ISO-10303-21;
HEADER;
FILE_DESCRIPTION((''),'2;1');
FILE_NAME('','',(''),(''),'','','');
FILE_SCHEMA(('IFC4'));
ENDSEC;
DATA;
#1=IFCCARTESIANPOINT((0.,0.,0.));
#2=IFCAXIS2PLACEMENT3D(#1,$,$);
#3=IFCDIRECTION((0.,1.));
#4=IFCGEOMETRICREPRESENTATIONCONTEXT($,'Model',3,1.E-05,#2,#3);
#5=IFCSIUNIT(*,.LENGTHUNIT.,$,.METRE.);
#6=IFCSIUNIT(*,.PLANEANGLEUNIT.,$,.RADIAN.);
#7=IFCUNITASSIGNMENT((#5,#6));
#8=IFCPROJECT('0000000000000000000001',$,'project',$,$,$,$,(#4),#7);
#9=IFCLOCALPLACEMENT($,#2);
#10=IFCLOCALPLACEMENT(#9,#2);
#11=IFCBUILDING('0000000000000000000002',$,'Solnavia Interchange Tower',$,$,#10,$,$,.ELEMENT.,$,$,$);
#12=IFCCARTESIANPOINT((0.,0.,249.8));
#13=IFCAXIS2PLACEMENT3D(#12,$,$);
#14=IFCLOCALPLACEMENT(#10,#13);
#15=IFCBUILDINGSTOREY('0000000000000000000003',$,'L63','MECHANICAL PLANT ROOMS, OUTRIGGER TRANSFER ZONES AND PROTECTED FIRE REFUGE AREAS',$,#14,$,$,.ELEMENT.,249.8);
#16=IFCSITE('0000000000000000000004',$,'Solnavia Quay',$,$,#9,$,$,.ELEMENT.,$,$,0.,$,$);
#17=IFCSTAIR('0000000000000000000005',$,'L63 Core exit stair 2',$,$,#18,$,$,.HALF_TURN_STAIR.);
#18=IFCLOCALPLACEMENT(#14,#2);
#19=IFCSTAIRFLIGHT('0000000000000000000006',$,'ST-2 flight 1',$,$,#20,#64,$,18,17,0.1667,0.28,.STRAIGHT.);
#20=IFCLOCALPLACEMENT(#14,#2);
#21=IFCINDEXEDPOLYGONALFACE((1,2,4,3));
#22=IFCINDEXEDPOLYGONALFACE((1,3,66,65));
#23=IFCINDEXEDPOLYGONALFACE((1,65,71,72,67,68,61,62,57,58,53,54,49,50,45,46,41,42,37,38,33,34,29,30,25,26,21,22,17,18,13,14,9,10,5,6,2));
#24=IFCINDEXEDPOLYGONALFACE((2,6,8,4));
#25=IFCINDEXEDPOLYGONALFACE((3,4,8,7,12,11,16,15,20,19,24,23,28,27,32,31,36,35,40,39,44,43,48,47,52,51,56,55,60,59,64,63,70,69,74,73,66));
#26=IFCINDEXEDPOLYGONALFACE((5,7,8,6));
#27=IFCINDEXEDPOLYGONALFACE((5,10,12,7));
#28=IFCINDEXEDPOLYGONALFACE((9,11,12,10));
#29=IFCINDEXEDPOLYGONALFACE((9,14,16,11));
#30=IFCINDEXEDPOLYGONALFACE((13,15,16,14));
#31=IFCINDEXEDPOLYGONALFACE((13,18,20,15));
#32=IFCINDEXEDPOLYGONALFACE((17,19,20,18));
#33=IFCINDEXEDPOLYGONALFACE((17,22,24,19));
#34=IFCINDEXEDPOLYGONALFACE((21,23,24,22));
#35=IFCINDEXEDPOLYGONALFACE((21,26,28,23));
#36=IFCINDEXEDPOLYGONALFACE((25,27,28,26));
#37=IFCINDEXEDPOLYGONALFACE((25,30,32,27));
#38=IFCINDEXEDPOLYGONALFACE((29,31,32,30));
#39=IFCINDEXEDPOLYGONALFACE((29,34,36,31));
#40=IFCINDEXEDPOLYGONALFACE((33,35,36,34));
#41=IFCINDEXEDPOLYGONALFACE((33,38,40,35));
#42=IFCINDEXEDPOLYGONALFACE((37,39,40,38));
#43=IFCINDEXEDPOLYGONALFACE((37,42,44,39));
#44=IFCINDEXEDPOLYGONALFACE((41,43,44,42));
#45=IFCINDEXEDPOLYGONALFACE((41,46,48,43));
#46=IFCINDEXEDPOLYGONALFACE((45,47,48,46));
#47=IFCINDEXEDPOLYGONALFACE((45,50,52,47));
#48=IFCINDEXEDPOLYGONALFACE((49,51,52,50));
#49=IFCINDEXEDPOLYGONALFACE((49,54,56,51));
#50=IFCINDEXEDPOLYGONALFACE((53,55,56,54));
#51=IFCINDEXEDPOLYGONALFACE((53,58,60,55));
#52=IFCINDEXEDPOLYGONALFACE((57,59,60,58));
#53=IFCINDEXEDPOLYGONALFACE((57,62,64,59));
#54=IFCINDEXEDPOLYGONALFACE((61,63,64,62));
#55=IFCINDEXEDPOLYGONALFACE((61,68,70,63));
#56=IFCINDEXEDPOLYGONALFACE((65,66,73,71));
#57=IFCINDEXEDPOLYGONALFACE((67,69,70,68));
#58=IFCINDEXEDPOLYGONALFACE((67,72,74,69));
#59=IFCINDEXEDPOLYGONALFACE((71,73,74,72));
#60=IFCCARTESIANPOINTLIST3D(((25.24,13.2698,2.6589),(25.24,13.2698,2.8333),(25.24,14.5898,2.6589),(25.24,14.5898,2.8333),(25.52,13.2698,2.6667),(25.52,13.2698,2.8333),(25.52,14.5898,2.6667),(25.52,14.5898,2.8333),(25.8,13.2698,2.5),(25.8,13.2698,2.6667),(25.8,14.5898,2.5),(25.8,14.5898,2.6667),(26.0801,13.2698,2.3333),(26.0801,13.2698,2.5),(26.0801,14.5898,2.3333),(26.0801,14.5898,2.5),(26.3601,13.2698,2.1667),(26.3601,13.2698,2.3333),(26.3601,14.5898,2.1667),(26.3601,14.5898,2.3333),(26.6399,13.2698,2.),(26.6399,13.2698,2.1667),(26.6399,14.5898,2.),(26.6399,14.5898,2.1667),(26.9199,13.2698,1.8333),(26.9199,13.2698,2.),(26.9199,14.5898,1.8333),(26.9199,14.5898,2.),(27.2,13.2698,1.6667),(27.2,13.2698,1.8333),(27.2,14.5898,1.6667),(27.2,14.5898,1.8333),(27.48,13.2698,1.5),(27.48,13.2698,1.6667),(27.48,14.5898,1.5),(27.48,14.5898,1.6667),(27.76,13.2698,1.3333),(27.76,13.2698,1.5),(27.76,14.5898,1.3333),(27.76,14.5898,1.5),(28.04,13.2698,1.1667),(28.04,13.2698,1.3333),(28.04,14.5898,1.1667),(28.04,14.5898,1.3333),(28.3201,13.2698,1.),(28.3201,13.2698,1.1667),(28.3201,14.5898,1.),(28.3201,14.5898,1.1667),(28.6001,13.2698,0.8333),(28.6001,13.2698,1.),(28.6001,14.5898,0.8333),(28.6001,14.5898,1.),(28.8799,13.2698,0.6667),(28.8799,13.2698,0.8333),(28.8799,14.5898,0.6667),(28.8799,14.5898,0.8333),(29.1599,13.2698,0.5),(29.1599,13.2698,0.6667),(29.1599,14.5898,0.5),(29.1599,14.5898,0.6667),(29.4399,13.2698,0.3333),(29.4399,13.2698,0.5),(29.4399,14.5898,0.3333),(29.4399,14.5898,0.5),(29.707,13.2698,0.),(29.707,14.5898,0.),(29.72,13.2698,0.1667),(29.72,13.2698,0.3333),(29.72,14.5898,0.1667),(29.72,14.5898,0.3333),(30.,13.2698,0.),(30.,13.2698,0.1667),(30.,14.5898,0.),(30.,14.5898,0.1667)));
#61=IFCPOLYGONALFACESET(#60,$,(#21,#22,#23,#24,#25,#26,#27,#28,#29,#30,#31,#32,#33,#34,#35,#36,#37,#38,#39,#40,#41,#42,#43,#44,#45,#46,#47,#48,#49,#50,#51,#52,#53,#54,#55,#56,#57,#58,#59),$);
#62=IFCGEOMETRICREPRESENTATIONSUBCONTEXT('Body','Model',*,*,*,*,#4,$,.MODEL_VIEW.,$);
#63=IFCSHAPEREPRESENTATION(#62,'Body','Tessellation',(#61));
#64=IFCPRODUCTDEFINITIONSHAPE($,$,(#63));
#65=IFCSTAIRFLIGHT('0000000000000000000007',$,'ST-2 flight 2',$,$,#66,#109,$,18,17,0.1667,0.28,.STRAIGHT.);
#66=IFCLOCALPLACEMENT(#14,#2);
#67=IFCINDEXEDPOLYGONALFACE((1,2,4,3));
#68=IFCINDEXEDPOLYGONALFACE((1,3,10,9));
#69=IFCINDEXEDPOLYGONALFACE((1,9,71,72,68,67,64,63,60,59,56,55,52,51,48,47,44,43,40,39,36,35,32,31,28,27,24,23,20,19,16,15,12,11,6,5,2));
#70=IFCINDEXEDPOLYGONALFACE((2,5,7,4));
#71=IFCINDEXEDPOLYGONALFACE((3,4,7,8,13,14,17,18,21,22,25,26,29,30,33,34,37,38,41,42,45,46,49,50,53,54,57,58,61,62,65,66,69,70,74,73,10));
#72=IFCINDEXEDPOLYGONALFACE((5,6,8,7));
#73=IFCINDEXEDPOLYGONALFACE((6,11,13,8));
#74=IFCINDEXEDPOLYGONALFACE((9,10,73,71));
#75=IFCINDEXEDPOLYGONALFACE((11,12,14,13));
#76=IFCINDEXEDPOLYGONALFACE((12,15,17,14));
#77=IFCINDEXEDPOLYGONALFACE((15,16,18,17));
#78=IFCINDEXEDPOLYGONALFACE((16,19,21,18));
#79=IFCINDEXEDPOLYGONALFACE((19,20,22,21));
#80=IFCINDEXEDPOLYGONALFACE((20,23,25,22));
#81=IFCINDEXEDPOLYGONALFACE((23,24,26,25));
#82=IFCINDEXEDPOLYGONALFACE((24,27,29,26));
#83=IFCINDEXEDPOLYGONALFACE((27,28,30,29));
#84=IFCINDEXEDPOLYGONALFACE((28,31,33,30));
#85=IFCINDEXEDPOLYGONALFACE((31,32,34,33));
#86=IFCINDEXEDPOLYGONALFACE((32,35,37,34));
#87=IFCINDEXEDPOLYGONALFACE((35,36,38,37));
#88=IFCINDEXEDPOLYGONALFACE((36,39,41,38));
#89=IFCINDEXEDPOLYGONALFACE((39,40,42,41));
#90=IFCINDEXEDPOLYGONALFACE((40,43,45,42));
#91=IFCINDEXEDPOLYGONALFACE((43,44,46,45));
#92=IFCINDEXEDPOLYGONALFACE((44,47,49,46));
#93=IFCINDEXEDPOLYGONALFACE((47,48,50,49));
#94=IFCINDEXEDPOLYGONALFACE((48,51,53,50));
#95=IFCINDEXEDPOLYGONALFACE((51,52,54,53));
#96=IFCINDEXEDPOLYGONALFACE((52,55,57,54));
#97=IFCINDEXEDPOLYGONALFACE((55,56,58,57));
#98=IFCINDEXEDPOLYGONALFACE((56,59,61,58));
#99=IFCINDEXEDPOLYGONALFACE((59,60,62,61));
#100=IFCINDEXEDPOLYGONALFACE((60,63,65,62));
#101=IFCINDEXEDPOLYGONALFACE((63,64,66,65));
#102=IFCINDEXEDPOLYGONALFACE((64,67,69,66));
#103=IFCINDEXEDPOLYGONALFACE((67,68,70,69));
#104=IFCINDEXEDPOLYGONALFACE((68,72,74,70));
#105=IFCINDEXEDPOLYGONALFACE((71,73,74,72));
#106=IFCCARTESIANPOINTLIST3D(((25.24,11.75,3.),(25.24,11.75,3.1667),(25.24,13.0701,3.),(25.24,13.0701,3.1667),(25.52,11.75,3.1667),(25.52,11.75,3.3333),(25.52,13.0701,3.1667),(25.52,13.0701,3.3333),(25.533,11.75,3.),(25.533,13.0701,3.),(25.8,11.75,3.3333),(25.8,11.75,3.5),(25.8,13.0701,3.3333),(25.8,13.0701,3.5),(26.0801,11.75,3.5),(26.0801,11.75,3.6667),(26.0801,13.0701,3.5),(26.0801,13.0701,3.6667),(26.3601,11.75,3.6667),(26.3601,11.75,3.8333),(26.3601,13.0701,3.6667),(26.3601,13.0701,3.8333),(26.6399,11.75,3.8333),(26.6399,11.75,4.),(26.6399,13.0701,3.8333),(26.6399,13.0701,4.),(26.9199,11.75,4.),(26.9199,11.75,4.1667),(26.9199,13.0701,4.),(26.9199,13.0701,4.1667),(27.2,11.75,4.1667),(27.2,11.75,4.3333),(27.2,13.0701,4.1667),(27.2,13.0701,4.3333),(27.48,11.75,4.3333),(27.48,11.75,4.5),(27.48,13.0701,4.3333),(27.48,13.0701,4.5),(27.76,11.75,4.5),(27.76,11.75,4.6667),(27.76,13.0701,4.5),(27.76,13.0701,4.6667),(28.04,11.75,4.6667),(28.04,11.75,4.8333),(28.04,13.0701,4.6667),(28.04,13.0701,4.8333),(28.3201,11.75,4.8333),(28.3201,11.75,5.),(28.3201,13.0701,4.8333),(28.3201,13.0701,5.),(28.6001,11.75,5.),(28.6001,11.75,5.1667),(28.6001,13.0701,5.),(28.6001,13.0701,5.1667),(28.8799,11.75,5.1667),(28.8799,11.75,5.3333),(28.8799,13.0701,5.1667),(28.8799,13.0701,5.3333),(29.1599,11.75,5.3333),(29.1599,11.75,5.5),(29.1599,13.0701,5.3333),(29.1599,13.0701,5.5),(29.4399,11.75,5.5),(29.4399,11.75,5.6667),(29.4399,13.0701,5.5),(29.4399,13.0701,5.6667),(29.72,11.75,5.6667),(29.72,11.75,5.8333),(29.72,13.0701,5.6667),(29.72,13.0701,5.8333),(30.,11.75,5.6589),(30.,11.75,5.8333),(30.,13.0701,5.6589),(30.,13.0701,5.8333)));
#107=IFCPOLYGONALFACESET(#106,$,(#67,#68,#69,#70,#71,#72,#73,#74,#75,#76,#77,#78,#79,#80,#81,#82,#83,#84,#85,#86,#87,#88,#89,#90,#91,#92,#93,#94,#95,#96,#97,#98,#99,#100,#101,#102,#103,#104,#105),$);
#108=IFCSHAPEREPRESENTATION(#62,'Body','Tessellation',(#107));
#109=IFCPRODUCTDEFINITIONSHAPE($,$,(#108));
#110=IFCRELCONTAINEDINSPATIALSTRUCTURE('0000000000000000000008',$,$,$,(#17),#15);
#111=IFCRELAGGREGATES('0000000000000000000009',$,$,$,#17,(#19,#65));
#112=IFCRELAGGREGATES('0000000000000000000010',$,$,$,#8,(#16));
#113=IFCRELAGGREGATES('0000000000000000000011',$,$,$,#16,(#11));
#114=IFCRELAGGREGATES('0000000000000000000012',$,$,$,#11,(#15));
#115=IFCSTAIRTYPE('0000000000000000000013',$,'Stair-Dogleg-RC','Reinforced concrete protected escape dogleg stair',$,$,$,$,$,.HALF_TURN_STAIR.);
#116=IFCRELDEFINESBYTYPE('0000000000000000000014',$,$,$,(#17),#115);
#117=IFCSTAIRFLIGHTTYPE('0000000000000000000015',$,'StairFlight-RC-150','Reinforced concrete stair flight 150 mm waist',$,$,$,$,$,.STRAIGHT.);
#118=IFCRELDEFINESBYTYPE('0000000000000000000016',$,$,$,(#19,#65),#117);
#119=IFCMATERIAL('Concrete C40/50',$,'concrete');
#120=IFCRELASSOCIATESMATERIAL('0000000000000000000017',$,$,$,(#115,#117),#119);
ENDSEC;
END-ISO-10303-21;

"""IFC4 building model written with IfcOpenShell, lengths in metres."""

from ifc_helpers import new_model, si_unit, direction, frame, origin, place, context, subcontext, project, spatial, polyline, outline, extrude, material, type_object, element, aggregate, save


model = new_model("IFC4")

# Units and contexts
model_context = context("Model", 3, precision=1e-05, world=origin(), true_north=direction((0.0, 1.0)))
body_context = subcontext(model_context, "Body", "Model", "MODEL_VIEW")
ifc_project = project(units=[si_unit("LENGTHUNIT", "METRE"), si_unit("PLANEANGLEUNIT", "RADIAN")], contexts=[model_context])

# Site, building, storey
site_placement = place(None, origin())
site = spatial("IfcSite", under=ifc_project, at=site_placement, Name="Solnavia Quay", CompositionType="ELEMENT", RefElevation=0.0)
building_placement = place(site_placement, origin())
building = spatial("IfcBuilding", under=site, at=building_placement, Name="Solnavia Interchange Tower", CompositionType="ELEMENT")
storey_placement = place(building_placement, frame((0.0, 0.0, 249.8)))
storey = spatial("IfcBuildingStorey", under=building, at=storey_placement, Name="L63", Description="MECHANICAL PLANT ROOMS, OUTRIGGER TRANSFER ZONES AND PROTECTED FIRE REFUGE AREAS", CompositionType="ELEMENT", Elevation=249.8)

# Shared definitions
ifc_material_1 = material(Name="Concrete C40/50", Category="concrete")

# Stair, stair flights
stair_type = type_object("IfcStairType", Name="Stair-Dogleg-RC", Description="Reinforced concrete protected escape dogleg stair", PredefinedType="HALF_TURN_STAIR", material=ifc_material_1)
stair_flight_type = type_object("IfcStairFlightType", Name="StairFlight-RC-150", Description="Reinforced concrete stair flight 150 mm waist", PredefinedType="STRAIGHT", material=ifc_material_1)
stair_1_placement = place(storey_placement, origin())
stair_1 = element("IfcStair", 1, at=stair_1_placement, inside=storey, type_object=stair_type, Name="L63 Core exit stair 2", PredefinedType="HALF_TURN_STAIR")
stair_flight_1_placement = place(storey_placement, frame((30.0, 13.9299, 0.0), z_axis=(0.0, 0.0, 1.0), x_axis=(-1.0, 0.0, 0.0)))
stair_flight_1 = element("IfcStairFlight", 2, at=stair_flight_1_placement, type_object=stair_flight_type, Name="ST-2 flight 1", NumberOfRisers=18, NumberOfTreads=17, PredefinedType="STRAIGHT", RiserHeight=0.1667, TreadLength=0.28, context=body_context, shape_type="SweptSolid", body=[
    extrude(outline(polyline([(0.0, 0.0), (0.0, 0.1667), (0.28, 0.1667), (0.28, 0.3333), (0.5601, 0.3333), (0.5601, 0.5), (0.8401, 0.5), (0.8401, 0.6667), (1.1201, 0.6667), (1.1201, 0.8333), (1.3999, 0.8333), (1.3999, 1.0), (1.6799, 1.0), (1.6799, 1.1667), (1.96, 1.1667), (1.96, 1.3333), (2.24, 1.3333), (2.24, 1.5), (2.52, 1.5), (2.52, 1.6667), (2.8, 1.6667), (2.8, 1.8333), (3.0801, 1.8333), (3.0801, 2.0), (3.3601, 2.0), (3.3601, 2.1667), (3.6399, 2.1667), (3.6399, 2.3333), (3.9199, 2.3333), (3.9199, 2.5), (4.2, 2.5), (4.2, 2.6667), (4.48, 2.6667), (4.48, 2.8333), (4.76, 2.8333), (4.76, 3.0), (4.76, 2.6589), (0.293, 0.0), (0.0, 0.0)])), frame((0.0, 0.6602, 0.0), z_axis=(0.0, -1.0, 0.0), x_axis=(1.0, 0.0, 0.0)), (0.0, 0.0, 1.0), 1.3201),
])
stair_flight_2_placement = place(storey_placement, frame((25.24, 12.4099, 3.0), z_axis=(0.0, 0.0, 1.0), x_axis=(1.0, 0.0, 0.0)))
stair_flight_2 = element("IfcStairFlight", 3, at=stair_flight_2_placement, type_object=stair_flight_type, Name="ST-2 flight 2", NumberOfRisers=18, NumberOfTreads=17, PredefinedType="STRAIGHT", RiserHeight=0.1667, TreadLength=0.28, context=body_context, shape_type="SweptSolid", body=[
    extrude(outline(polyline([(0.0, 0.0), (0.0, 0.1667), (0.28, 0.1667), (0.28, 0.3333), (0.5601, 0.3333), (0.5601, 0.5), (0.8401, 0.5), (0.8401, 0.6667), (1.1201, 0.6667), (1.1201, 0.8333), (1.3999, 0.8333), (1.3999, 1.0), (1.6799, 1.0), (1.6799, 1.1667), (1.96, 1.1667), (1.96, 1.3333), (2.24, 1.3333), (2.24, 1.5), (2.52, 1.5), (2.52, 1.6667), (2.8, 1.6667), (2.8, 1.8333), (3.0801, 1.8333), (3.0801, 2.0), (3.3601, 2.0), (3.3601, 2.1667), (3.6399, 2.1667), (3.6399, 2.3333), (3.9199, 2.3333), (3.9199, 2.5), (4.2, 2.5), (4.2, 2.6667), (4.48, 2.6667), (4.48, 2.8333), (4.76, 2.8333), (4.76, 3.0), (4.76, 2.6589), (0.293, 0.0), (0.0, 0.0)])), frame((0.0, 0.6602, 0.0), z_axis=(0.0, -1.0, 0.0), x_axis=(1.0, 0.0, 0.0)), (0.0, 0.0, 1.0), 1.3201),
])
aggregate(stair_1, [stair_flight_1, stair_flight_2])

save(model, "model.ifc")
